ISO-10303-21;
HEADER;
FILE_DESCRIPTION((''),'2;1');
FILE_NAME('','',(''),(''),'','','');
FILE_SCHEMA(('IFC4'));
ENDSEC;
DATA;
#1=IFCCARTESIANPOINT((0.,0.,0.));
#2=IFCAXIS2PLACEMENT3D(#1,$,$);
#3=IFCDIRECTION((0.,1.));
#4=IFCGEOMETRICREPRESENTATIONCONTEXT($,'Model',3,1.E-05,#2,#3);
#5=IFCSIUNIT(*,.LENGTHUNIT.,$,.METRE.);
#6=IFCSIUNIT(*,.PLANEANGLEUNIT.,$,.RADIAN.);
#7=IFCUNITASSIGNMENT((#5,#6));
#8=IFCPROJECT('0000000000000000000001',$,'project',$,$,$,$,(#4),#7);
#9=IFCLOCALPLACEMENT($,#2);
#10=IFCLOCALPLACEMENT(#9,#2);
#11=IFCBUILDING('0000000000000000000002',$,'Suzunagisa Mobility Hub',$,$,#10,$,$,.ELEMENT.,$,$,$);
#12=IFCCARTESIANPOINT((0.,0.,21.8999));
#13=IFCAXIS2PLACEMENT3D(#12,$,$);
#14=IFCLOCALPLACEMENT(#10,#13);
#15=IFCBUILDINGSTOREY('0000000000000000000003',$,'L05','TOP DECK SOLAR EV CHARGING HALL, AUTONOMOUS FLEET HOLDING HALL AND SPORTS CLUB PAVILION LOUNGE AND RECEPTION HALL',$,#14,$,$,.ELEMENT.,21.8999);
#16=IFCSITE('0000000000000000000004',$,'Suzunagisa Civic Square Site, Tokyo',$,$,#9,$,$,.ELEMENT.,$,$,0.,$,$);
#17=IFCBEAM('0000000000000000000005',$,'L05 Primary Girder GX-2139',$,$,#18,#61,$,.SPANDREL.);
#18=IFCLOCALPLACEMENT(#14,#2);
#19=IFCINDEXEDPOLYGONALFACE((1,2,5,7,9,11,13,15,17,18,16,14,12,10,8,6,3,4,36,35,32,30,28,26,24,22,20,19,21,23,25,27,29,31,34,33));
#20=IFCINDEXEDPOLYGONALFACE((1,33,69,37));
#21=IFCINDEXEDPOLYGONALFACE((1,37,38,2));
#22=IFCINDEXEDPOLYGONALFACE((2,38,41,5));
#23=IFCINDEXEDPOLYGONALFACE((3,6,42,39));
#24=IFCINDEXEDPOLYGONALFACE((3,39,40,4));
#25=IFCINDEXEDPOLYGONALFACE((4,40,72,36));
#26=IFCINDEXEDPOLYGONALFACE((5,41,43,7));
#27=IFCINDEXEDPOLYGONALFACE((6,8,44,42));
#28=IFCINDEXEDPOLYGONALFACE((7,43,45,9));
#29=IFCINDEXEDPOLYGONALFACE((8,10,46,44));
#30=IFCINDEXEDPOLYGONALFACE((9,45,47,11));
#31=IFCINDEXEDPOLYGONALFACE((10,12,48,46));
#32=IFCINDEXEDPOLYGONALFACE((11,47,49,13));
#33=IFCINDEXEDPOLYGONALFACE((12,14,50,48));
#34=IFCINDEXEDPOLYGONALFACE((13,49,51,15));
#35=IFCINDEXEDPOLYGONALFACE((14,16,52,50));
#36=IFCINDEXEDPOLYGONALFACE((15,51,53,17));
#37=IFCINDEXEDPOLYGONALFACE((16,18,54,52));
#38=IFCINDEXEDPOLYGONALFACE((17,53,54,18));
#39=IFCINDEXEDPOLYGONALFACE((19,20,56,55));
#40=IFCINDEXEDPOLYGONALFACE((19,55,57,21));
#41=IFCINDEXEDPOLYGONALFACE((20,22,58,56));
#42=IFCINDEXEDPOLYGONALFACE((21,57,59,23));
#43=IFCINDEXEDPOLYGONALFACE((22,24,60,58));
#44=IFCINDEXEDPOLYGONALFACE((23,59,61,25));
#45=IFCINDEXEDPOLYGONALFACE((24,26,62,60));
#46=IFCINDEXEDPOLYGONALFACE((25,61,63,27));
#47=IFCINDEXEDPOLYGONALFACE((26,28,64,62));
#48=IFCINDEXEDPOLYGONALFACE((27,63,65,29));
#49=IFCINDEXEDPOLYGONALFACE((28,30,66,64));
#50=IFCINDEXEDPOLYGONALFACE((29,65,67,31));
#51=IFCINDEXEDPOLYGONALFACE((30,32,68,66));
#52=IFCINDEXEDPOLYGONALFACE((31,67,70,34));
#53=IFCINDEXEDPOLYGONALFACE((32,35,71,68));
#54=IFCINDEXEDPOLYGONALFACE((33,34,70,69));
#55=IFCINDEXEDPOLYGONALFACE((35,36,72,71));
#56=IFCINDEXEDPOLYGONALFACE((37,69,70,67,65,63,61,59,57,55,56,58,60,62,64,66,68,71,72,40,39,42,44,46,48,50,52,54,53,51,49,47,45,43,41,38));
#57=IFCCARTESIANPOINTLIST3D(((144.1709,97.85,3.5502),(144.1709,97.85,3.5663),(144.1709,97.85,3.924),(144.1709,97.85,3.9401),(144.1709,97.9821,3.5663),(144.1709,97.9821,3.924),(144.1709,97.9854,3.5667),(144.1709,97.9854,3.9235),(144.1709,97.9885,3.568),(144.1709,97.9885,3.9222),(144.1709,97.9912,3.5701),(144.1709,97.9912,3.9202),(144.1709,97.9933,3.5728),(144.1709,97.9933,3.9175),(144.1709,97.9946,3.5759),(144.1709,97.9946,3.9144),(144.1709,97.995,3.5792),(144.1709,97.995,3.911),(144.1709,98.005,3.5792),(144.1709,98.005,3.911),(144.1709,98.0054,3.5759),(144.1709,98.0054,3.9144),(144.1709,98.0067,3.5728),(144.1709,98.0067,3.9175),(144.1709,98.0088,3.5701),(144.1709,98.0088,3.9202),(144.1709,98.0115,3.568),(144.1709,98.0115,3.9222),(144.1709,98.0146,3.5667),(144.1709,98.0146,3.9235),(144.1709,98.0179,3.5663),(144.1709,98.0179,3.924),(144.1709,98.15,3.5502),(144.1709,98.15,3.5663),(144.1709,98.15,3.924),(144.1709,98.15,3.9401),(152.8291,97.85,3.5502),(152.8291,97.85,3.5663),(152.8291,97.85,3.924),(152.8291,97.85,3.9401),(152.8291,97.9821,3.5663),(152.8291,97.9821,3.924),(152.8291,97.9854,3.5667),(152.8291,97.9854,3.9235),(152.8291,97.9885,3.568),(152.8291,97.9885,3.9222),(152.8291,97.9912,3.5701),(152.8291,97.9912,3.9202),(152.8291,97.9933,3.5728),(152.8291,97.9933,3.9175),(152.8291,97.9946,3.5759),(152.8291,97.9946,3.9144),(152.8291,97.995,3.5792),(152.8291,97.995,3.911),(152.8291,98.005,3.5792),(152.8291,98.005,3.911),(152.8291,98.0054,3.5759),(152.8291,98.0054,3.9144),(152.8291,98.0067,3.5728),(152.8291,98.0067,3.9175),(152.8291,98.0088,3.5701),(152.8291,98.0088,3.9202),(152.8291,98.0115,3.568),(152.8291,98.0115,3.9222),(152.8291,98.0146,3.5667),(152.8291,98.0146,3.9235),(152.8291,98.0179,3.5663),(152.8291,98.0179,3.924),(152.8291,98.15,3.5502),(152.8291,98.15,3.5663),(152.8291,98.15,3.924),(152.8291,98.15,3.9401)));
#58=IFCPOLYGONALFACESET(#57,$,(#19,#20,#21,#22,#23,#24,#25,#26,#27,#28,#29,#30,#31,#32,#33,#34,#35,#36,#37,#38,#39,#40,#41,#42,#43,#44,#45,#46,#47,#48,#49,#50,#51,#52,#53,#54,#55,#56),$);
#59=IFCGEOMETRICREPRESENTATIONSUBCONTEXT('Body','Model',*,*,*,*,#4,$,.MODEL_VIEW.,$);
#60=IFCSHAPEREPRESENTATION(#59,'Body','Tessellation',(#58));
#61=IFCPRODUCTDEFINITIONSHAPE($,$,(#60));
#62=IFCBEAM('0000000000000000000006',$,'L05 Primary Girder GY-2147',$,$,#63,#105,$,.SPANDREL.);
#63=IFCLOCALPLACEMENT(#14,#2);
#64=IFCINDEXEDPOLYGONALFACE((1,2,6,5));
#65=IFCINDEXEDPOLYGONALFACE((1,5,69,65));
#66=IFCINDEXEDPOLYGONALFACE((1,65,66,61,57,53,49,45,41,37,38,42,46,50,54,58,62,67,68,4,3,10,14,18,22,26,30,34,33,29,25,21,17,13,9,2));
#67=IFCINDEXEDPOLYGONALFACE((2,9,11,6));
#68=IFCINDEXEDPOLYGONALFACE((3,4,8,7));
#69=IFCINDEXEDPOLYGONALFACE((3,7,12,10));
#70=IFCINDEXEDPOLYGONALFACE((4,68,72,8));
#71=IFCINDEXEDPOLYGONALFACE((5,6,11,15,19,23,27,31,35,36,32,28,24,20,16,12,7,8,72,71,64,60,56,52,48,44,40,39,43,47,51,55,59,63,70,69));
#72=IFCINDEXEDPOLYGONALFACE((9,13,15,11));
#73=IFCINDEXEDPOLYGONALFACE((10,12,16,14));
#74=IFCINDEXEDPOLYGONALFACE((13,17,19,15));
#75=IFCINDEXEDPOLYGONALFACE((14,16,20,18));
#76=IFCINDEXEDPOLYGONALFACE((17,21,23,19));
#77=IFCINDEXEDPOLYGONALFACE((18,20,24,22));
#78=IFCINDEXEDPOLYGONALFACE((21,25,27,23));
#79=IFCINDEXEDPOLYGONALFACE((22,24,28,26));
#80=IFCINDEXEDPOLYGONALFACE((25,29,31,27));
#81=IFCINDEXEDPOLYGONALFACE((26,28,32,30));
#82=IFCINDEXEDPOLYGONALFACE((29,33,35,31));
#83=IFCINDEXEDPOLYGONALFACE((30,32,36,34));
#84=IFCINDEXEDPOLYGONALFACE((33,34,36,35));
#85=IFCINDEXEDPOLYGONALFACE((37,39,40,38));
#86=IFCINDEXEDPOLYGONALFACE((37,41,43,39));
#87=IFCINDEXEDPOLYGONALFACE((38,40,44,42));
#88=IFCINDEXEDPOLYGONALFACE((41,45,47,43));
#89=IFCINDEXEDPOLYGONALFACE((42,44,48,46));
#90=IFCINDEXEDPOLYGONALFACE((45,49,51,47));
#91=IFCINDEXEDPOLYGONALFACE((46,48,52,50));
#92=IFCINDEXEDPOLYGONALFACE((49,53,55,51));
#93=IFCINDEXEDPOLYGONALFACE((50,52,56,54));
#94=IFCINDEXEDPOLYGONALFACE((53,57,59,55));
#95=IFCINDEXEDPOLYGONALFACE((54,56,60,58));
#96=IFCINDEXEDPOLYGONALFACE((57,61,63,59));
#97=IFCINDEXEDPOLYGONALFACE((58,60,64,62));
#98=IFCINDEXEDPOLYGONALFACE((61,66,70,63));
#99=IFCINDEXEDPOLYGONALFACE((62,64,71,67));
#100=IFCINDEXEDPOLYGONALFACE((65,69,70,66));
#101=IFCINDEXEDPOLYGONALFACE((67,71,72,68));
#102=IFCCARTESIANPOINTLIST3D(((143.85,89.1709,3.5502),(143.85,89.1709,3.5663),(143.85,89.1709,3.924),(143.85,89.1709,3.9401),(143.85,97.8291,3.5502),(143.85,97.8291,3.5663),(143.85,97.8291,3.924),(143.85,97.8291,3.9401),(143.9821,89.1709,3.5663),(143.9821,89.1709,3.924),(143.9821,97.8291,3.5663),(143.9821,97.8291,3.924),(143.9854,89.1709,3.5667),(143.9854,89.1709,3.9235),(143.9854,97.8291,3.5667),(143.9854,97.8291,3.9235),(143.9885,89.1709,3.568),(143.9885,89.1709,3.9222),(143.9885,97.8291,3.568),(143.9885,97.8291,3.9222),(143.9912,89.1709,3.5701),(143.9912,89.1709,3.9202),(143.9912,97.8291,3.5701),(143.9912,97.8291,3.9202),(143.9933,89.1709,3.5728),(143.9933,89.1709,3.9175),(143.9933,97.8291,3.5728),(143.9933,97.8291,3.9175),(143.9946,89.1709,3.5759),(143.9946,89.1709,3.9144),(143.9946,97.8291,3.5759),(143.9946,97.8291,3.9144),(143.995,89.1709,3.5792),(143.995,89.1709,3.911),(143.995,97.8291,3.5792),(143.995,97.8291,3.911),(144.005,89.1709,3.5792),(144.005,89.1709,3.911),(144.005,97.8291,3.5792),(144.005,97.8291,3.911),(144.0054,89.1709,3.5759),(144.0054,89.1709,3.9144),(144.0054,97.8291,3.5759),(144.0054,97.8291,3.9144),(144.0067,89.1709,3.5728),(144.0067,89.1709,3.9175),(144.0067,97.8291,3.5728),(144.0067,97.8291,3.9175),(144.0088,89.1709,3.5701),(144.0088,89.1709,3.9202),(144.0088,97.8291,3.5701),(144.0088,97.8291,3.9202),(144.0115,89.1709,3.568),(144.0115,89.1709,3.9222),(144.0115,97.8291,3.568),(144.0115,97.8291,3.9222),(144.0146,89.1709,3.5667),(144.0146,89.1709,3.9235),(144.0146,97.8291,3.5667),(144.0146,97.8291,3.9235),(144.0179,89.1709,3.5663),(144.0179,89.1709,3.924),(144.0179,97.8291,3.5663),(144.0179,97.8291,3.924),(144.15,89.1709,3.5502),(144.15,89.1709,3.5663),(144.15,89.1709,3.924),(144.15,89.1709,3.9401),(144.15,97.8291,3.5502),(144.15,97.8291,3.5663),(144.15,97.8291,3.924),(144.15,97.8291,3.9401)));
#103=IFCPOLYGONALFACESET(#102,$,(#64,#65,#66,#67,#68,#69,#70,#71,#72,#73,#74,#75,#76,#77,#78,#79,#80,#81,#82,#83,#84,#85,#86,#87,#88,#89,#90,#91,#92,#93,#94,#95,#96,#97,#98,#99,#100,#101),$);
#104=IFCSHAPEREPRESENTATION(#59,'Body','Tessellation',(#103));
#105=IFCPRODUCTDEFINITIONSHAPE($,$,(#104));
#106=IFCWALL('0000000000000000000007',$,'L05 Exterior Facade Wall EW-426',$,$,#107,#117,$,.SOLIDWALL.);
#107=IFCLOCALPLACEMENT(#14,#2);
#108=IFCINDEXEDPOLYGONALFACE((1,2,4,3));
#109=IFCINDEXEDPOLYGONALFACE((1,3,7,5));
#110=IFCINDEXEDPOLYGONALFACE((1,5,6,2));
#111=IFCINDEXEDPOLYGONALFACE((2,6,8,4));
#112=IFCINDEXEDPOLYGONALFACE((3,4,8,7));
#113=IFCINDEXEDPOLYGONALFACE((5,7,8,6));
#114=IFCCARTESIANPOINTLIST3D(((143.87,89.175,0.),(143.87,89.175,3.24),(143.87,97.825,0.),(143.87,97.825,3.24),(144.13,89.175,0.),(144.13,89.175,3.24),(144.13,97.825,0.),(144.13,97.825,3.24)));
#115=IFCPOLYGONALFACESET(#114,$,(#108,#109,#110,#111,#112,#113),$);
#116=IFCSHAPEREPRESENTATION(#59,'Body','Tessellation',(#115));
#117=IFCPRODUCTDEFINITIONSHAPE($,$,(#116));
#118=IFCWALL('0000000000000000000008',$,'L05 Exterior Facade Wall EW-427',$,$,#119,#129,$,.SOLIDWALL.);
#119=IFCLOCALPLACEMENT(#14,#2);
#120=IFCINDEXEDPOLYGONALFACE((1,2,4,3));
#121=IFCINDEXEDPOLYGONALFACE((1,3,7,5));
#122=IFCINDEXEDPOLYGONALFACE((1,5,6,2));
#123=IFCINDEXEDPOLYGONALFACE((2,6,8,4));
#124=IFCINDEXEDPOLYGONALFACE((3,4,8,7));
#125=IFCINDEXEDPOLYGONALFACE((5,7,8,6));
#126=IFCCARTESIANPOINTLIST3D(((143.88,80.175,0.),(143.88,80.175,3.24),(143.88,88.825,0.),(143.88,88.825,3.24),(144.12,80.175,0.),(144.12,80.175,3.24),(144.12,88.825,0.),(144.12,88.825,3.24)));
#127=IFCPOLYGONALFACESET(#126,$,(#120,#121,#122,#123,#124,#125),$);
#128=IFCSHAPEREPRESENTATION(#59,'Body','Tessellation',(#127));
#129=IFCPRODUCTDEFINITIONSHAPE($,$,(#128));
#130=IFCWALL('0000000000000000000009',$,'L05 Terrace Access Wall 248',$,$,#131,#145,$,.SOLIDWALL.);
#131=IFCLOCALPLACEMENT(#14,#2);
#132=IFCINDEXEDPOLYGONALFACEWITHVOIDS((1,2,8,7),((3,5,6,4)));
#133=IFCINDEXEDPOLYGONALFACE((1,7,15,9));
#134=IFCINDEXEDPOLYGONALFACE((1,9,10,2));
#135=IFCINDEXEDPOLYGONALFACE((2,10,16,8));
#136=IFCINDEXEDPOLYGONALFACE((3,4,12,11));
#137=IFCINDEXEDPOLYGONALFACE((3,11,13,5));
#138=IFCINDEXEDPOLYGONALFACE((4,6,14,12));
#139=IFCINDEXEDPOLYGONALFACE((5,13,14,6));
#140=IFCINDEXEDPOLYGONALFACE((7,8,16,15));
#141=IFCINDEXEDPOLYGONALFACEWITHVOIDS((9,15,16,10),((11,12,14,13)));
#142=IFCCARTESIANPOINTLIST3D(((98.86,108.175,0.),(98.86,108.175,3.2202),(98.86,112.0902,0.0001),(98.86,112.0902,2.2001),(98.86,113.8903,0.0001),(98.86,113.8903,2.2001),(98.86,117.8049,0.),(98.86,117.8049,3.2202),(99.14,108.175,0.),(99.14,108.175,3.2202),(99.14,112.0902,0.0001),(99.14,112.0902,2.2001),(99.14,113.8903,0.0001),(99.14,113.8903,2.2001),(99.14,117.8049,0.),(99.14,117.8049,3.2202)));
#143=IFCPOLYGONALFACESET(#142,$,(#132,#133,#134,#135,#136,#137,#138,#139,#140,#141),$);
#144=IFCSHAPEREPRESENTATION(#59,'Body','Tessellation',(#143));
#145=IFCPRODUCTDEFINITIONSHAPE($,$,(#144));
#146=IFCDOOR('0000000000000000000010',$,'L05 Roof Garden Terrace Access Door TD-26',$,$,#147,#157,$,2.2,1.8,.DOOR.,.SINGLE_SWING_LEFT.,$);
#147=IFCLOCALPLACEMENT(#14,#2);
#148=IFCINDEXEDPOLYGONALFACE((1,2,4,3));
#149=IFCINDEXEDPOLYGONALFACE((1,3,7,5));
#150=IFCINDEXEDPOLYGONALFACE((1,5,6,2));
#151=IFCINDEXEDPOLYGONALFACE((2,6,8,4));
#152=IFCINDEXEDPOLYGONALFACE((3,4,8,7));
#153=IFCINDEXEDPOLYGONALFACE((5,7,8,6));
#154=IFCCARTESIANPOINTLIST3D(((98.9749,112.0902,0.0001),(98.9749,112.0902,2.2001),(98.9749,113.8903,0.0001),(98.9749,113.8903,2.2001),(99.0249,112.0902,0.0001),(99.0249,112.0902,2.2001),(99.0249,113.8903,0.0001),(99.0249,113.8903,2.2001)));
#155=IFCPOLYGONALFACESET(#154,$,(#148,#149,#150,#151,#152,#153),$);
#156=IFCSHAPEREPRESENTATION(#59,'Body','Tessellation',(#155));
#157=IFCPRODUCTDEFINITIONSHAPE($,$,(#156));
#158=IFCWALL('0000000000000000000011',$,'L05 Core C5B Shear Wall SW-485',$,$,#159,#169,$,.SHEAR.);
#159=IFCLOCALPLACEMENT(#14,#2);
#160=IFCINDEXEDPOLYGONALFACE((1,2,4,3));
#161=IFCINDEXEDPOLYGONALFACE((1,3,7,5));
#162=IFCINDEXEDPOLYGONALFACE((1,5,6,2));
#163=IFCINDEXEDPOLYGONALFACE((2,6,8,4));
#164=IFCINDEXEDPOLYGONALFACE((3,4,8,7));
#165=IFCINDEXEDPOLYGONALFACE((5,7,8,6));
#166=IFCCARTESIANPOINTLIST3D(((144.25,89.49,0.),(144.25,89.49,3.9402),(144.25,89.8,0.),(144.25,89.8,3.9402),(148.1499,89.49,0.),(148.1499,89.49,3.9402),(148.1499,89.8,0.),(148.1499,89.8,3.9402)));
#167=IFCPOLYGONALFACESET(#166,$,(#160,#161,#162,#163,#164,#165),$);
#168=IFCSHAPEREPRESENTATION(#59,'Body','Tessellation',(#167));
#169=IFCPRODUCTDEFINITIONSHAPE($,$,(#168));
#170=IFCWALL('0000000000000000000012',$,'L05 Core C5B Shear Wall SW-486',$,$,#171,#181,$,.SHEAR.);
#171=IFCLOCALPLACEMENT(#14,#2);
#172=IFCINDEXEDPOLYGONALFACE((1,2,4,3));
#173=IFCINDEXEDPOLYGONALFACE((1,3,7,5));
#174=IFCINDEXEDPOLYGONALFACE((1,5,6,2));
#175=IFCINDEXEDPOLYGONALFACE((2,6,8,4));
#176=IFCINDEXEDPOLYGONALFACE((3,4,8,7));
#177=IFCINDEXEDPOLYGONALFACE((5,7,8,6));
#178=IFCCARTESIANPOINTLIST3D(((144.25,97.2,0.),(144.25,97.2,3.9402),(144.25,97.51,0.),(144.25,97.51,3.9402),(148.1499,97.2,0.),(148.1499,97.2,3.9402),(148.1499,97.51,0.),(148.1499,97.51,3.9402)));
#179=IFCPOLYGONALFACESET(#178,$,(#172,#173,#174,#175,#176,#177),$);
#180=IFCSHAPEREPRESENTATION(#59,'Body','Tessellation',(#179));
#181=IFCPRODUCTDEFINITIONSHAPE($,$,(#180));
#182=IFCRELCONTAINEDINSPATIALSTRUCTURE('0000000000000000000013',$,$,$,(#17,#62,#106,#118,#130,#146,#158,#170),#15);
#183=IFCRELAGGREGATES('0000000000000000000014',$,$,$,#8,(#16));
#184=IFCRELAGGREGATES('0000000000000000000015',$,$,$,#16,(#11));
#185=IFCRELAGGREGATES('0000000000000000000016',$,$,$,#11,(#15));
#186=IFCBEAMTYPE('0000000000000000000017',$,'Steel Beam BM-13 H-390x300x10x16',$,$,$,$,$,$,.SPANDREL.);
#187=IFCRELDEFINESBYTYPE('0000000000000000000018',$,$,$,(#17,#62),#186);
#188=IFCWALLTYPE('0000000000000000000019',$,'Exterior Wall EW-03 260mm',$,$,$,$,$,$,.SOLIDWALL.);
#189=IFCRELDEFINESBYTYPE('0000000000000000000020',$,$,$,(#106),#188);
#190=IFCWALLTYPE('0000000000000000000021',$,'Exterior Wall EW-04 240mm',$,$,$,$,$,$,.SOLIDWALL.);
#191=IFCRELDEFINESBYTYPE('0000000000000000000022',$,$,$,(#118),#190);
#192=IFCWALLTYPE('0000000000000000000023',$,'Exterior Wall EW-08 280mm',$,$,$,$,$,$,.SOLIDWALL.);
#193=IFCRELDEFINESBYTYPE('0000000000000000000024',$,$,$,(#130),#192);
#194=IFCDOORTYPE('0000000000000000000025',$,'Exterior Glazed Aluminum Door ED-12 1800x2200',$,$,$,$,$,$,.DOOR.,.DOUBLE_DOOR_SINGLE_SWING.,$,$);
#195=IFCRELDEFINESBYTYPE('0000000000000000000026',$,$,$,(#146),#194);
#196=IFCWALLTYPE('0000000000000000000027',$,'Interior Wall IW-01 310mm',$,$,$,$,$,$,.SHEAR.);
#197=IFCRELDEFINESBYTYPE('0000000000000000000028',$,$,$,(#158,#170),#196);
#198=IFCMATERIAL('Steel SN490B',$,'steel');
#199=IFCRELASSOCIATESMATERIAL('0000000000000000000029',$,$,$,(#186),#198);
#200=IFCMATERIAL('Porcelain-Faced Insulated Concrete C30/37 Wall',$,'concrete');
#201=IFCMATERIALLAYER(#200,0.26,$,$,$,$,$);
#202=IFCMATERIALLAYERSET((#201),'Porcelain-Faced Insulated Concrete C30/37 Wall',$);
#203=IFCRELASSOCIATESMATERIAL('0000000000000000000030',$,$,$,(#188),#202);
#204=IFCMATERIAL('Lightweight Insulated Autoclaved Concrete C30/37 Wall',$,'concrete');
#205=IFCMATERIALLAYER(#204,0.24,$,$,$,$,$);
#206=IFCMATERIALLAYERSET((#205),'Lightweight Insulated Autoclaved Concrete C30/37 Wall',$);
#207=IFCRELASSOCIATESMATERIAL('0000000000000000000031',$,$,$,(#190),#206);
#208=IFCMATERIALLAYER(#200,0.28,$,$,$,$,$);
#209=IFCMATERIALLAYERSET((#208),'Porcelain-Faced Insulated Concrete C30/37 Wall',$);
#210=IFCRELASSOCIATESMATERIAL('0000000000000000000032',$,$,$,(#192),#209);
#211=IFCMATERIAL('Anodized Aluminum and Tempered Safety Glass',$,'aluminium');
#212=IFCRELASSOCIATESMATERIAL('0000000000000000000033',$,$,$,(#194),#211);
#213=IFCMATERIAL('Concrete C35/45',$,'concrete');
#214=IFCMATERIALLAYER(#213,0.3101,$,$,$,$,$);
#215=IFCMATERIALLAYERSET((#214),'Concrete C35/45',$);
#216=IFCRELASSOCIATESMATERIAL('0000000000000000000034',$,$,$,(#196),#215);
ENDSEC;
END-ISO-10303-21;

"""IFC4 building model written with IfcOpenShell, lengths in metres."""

from ifc_helpers import new_model, si_unit, direction, frame, frame_2d, origin, origin_2d, place, context, subcontext, project, spatial, rectangle, i_section, extrude, material, layer, layer_set, material_profile, profile_set, type_object, element, fill, save


model = new_model("IFC4")

# Units and contexts
model_context = context("Model", 3, precision=1e-05, world=origin(), true_north=direction((0.0, 1.0)))
body_context = subcontext(model_context, "Body", "Model", "MODEL_VIEW")
ifc_project = project(units=[si_unit("LENGTHUNIT", "METRE"), si_unit("PLANEANGLEUNIT", "RADIAN")], contexts=[model_context])

# Site, building, storey
site_placement = place(None, origin())
site = spatial("IfcSite", under=ifc_project, at=site_placement, Name="Suzunagisa Civic Square Site, Tokyo", CompositionType="ELEMENT", RefElevation=0.0)
building_placement = place(site_placement, origin())
building = spatial("IfcBuilding", under=site, at=building_placement, Name="Suzunagisa Mobility Hub", CompositionType="ELEMENT")
storey_placement = place(building_placement, frame((0.0, 0.0, 21.8999)))
storey = spatial("IfcBuildingStorey", under=building, at=storey_placement, Name="L05", Description="TOP DECK SOLAR EV CHARGING HALL, AUTONOMOUS FLEET HOLDING HALL AND SPORTS CLUB PAVILION LOUNGE AND RECEPTION HALL", CompositionType="ELEMENT", Elevation=21.8999)

# Shared definitions
ifc_material_1 = material(Name="Steel SN490B", Category="steel")

# Beams
ifc_material_profile_1 = material_profile(ifc_material_1, i_section(OverallWidth=0.3, OverallDepth=0.3899, WebThickness=0.01, FlangeThickness=0.0161, FilletRadius=0.0129, at=origin_2d()), Name="H-390x300x10x16")
ifc_profile_set_1 = profile_set([ifc_material_profile_1], Name="Steel SN490B")
beam_type_1 = type_object("IfcBeamType", Name="Steel Beam BM-13 H-390x300x10x16", PredefinedType="SPANDREL", material=ifc_profile_set_1)
for number, where, z_axis, x_axis, name in (
    (1, (144.1709, 98.0, 3.7451), (1.0, 0.0, 0.0), (0.0, 1.0, 0.0), "L05 Primary Girder GX-2139"),
    (2, (144.0, 89.1709, 3.7451), (0.0, 1.0, 0.0), (-1.0, 0.0, 0.0), "L05 Primary Girder GY-2147"),
):
    element("IfcBeam", number, at=place(storey_placement, frame(where, z_axis=z_axis, x_axis=x_axis)), inside=storey, type_object=beam_type_1, Name=name, PredefinedType="SPANDREL", context=body_context, shape_type="SweptSolid", body=[
        extrude(i_section(OverallWidth=0.3, OverallDepth=0.3899, WebThickness=0.01, FlangeThickness=0.0161, FilletRadius=0.0129, at=origin_2d()), origin(), (0.0, 0.0, 1.0), 8.6582),
    ])

# Walls
ifc_material_2 = material(Name="Porcelain-Faced Insulated Concrete C30/37 Wall", Category="concrete")
ifc_layer_1 = layer(ifc_material_2, 0.26)
ifc_layer_set_1 = layer_set([ifc_layer_1], Name="Porcelain-Faced Insulated Concrete C30/37 Wall")
wall_type_1 = type_object("IfcWallType", Name="Exterior Wall EW-03 260mm", PredefinedType="SOLIDWALL", material=ifc_layer_set_1)
wall_1_placement = place(storey_placement, frame((144.0, 97.825, 0.0), z_axis=(0.0, 0.0, 1.0), x_axis=(0.0, -1.0, 0.0)))
element("IfcWall", 3, at=wall_1_placement, inside=storey, type_object=wall_type_1, Name="L05 Exterior Facade Wall EW-426", PredefinedType="SOLIDWALL", context=body_context, shape_type="SweptSolid", body=[
    extrude(rectangle(XDim=8.6499, YDim=0.26, at=frame_2d((4.325, 0.0))), origin(), (0.0, 0.0, 1.0), 3.24),
])
ifc_material_3 = material(Name="Lightweight Insulated Autoclaved Concrete C30/37 Wall", Category="concrete")
ifc_layer_2 = layer(ifc_material_3, 0.24)
ifc_layer_set_2 = layer_set([ifc_layer_2], Name="Lightweight Insulated Autoclaved Concrete C30/37 Wall")
wall_type_2 = type_object("IfcWallType", Name="Exterior Wall EW-04 240mm", PredefinedType="SOLIDWALL", material=ifc_layer_set_2)
wall_2_placement = place(storey_placement, frame((144.0, 88.825, 0.0), z_axis=(0.0, 0.0, 1.0), x_axis=(0.0, -1.0, 0.0)))
element("IfcWall", 4, at=wall_2_placement, inside=storey, type_object=wall_type_2, Name="L05 Exterior Facade Wall EW-427", PredefinedType="SOLIDWALL", context=body_context, shape_type="SweptSolid", body=[
    extrude(rectangle(XDim=8.6499, YDim=0.24, at=frame_2d((4.325, 0.0))), origin(), (0.0, 0.0, 1.0), 3.24),
])

# Wall, opening, door
ifc_layer_3 = layer(ifc_material_2, 0.28)
ifc_layer_set_3 = layer_set([ifc_layer_3], Name="Porcelain-Faced Insulated Concrete C30/37 Wall")
wall_type_3 = type_object("IfcWallType", Name="Exterior Wall EW-08 280mm", PredefinedType="SOLIDWALL", material=ifc_layer_set_3)
wall_3_placement = place(storey_placement, frame((99.0, 108.175, 0.0), z_axis=(0.0, 0.0, 1.0), x_axis=(0.0, 1.0, 0.0)))
wall_3 = element("IfcWall", 5, at=wall_3_placement, inside=storey, type_object=wall_type_3, Name="L05 Terrace Access Wall 248", PredefinedType="SOLIDWALL", context=body_context, shape_type="SweptSolid", body=[
    extrude(rectangle(XDim=9.6299, YDim=0.28, at=frame_2d((4.8149, 0.0))), origin(), (0.0, 0.0, 1.0), 3.2202),
])
opening_placement = place(wall_3_placement, frame((5.7151, 0.0, 0.0), z_axis=(0.0, 0.0, 1.0), x_axis=(-1.0, 0.0, 0.0)))
opening = element("IfcOpeningElement", 6, at=opening_placement, cuts=wall_3, PredefinedType="OPENING", context=body_context, shape_type="SweptSolid", body=[
    extrude(rectangle(XDim=1.8, YDim=2.2, at=frame_2d((0.8999, 1.1001))), frame((0.0, 0.1509, 0.0), z_axis=(0.0, -1.0, 0.0), x_axis=(1.0, 0.0, 0.0)), (0.0, 0.0, 1.0), 0.302),
])
ifc_material_4 = material(Name="Anodized Aluminum and Tempered Safety Glass", Category="aluminium")
door_type = type_object("IfcDoorType", Name="Exterior Glazed Aluminum Door ED-12 1800x2200", OperationType="DOUBLE_DOOR_SINGLE_SWING", PredefinedType="DOOR", material=ifc_material_4)
door_placement = place(opening_placement, origin())
door = element("IfcDoor", 7, at=door_placement, inside=storey, type_object=door_type, Name="L05 Roof Garden Terrace Access Door TD-26", OperationType="SINGLE_SWING_LEFT", OverallHeight=2.2, OverallWidth=1.8, PredefinedType="DOOR", context=body_context, shape_type="SweptSolid", body=[
    extrude(rectangle(XDim=1.8, YDim=2.2, at=frame_2d((0.8999, 1.1001))), frame((0.0, 0.0249, 0.0), z_axis=(0.0, -1.0, 0.0), x_axis=(1.0, 0.0, 0.0)), (0.0, 0.0, 1.0), 0.05),
])
fill(opening, door)

# Walls
ifc_material_5 = material(Name="Concrete C35/45", Category="concrete")
ifc_layer_4 = layer(ifc_material_5, 0.3101)
ifc_layer_set_4 = layer_set([ifc_layer_4], Name="Concrete C35/45")
wall_type_4 = type_object("IfcWallType", Name="Interior Wall IW-01 310mm", PredefinedType="SHEAR", material=ifc_layer_set_4)
for number, where, z_axis, x_axis, name in (
    (8, (144.25, 89.645, 0.0), (0.0, 0.0, 1.0), (1.0, 0.0, 0.0), "L05 Core C5B Shear Wall SW-485"),
    (9, (144.25, 97.355, 0.0), (0.0, 0.0, 1.0), (1.0, 0.0, 0.0), "L05 Core C5B Shear Wall SW-486"),
):
    element("IfcWall", number, at=place(storey_placement, frame(where, z_axis=z_axis, x_axis=x_axis)), inside=storey, type_object=wall_type_4, Name=name, PredefinedType="SHEAR", context=body_context, shape_type="SweptSolid", body=[
        extrude(rectangle(XDim=3.8999, YDim=0.3101, at=frame_2d((1.95, 0.0))), origin(), (0.0, 0.0, 1.0), 3.9402),
    ])

save(model, "model.ifc")
